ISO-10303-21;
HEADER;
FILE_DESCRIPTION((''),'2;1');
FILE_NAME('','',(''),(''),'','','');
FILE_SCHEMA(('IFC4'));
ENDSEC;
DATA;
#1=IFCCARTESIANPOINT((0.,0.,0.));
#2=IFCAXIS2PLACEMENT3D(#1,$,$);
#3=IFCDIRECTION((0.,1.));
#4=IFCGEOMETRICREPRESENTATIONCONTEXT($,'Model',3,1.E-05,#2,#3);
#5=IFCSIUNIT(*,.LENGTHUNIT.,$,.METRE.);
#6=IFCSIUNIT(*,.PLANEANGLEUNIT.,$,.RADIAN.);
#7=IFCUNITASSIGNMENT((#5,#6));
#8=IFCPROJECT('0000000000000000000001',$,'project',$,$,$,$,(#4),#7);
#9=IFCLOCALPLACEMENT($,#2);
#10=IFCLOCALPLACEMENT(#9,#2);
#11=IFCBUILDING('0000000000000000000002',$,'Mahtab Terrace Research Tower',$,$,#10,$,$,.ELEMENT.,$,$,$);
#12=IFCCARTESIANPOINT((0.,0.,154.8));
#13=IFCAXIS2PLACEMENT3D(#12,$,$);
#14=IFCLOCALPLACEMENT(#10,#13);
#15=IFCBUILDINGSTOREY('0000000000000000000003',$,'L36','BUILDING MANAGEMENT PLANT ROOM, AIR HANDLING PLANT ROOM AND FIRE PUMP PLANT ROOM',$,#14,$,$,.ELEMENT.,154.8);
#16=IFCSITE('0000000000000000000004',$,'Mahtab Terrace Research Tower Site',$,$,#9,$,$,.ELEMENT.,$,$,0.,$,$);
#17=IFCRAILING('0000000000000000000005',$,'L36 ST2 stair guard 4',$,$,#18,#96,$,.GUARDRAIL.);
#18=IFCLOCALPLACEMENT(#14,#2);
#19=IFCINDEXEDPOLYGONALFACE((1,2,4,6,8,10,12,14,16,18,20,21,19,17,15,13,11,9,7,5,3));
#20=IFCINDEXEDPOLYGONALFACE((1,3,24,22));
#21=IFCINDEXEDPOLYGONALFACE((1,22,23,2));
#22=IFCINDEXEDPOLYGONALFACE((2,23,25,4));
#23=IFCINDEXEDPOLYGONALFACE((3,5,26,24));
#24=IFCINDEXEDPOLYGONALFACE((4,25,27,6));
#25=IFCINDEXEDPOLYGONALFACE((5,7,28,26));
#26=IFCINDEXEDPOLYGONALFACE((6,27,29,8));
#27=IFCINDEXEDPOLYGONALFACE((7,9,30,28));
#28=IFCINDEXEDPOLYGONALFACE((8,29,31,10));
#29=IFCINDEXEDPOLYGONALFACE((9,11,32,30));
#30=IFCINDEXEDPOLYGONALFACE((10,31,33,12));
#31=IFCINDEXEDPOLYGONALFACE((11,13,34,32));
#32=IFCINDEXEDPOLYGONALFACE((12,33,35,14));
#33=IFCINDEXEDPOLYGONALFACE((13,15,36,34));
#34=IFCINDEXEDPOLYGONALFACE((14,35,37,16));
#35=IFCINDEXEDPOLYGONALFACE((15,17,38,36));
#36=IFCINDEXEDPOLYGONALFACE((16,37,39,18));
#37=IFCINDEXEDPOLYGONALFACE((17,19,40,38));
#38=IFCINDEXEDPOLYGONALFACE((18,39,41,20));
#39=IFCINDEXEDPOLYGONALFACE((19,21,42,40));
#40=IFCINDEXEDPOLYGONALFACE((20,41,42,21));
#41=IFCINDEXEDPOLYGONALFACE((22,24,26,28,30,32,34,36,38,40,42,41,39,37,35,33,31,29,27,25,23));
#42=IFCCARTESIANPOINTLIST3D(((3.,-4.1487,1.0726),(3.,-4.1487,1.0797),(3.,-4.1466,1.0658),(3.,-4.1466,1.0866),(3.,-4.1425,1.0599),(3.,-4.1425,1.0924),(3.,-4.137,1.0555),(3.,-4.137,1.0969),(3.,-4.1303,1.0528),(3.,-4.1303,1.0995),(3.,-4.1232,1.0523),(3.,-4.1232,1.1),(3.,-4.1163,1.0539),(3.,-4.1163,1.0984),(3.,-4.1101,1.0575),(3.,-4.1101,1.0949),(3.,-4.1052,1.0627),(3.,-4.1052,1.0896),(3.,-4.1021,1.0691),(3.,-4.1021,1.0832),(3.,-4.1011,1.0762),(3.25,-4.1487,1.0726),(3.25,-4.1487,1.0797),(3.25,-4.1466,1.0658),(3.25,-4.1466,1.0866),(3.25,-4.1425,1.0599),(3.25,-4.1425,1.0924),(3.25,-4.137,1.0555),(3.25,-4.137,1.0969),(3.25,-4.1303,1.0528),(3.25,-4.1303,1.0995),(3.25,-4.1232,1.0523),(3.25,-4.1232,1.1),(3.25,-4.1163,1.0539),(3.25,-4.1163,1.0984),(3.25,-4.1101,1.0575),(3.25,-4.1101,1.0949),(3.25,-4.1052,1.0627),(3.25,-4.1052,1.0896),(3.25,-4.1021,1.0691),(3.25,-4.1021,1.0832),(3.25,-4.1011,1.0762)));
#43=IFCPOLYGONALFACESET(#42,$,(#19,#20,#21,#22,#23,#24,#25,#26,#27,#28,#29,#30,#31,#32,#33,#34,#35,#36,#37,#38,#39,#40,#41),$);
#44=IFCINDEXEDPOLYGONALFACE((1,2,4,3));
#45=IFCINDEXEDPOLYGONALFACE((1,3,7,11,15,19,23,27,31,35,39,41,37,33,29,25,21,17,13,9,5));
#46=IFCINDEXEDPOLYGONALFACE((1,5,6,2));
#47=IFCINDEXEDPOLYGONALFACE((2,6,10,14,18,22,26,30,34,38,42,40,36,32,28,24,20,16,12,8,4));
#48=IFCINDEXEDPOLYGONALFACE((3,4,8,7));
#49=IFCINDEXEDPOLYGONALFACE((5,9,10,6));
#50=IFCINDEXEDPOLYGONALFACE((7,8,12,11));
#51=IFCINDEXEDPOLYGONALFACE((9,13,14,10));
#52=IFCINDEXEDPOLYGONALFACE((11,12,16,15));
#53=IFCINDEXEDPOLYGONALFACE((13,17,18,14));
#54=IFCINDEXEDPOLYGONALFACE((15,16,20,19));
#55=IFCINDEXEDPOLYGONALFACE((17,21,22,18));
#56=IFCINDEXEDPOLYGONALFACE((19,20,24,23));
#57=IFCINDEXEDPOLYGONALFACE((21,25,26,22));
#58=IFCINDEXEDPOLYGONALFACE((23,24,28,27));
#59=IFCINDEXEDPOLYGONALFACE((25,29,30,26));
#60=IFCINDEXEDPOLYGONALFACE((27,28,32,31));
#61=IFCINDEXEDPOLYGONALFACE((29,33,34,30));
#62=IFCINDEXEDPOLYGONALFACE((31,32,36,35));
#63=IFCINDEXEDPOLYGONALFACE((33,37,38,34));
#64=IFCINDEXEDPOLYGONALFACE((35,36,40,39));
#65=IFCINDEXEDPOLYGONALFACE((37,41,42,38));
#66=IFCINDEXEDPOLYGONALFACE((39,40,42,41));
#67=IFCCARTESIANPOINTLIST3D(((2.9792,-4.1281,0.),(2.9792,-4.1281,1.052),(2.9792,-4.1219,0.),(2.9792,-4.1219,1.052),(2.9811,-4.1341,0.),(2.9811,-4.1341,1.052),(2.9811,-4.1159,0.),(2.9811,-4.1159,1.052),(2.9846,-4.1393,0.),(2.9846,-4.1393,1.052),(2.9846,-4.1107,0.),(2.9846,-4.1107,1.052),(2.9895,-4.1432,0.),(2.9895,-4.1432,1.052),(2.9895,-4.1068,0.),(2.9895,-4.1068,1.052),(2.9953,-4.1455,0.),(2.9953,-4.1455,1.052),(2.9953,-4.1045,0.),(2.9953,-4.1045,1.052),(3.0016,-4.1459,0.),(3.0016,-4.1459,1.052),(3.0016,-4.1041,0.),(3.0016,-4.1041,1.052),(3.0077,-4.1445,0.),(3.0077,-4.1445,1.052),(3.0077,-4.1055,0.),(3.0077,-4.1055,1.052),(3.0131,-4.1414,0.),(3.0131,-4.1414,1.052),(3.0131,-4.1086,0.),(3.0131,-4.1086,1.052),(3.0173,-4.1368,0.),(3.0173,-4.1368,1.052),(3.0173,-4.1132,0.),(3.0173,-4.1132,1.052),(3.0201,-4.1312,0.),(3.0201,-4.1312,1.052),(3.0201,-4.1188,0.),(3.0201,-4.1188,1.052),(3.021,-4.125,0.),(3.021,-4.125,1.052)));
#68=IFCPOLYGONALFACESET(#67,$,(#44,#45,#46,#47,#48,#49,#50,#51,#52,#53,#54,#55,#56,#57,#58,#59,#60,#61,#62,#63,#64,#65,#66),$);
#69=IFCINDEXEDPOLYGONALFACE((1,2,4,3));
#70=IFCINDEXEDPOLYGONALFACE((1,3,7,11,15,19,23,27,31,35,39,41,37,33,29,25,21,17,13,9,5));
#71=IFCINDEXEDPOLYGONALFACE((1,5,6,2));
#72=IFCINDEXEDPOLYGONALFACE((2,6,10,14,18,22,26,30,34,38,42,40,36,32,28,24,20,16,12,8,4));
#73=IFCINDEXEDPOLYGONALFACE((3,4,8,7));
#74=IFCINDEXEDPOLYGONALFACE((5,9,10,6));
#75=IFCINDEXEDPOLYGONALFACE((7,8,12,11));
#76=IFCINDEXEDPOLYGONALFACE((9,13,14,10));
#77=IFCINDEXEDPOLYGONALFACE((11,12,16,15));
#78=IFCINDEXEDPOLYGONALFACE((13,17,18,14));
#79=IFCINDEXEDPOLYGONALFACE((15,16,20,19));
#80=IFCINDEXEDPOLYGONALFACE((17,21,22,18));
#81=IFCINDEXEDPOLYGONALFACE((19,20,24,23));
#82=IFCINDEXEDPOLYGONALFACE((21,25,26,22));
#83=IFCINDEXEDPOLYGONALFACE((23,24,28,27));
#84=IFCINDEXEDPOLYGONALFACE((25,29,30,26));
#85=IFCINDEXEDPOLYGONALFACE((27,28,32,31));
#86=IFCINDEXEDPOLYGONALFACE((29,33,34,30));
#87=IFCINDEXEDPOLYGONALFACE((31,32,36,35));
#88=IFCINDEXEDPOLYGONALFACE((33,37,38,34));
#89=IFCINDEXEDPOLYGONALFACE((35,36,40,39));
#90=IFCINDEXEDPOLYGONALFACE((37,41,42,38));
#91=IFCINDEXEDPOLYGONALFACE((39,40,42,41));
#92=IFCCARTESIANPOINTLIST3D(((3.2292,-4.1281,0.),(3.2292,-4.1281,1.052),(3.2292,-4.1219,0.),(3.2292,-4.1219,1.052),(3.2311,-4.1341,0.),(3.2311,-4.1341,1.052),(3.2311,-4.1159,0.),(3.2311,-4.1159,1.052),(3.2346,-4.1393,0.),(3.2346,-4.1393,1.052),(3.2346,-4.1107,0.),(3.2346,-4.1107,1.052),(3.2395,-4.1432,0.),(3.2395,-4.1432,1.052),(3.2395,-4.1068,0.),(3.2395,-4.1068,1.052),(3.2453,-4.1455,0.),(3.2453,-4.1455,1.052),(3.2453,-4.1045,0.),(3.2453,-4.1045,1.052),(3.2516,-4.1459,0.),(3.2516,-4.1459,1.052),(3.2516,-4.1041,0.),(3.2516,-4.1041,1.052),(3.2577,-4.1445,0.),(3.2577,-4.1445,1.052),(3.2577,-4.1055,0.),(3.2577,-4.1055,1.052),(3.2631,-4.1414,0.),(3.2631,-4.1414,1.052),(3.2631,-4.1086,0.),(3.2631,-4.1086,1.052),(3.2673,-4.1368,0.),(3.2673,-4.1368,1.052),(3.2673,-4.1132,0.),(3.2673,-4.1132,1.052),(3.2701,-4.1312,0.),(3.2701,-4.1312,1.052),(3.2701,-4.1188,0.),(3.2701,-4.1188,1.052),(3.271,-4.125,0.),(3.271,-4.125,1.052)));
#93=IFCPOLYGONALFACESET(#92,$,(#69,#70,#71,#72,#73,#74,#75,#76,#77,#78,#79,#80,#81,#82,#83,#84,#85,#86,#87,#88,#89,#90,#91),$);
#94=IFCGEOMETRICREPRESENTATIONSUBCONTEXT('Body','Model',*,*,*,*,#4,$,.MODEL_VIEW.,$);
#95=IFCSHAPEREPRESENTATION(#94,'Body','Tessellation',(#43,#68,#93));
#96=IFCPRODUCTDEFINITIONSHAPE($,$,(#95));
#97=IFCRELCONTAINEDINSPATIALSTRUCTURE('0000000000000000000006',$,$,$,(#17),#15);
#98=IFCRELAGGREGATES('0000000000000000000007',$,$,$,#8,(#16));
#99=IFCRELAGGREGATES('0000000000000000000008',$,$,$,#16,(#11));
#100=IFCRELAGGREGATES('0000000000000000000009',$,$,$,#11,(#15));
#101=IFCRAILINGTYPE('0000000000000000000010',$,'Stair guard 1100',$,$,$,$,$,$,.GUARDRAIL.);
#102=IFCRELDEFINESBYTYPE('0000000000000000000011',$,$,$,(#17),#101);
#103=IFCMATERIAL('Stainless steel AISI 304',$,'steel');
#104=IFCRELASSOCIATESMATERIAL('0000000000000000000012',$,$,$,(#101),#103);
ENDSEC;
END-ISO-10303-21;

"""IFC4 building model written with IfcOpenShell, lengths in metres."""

from ifc_helpers import new_model, si_unit, direction, frame, origin, origin_2d, place, context, subcontext, project, spatial, circle, extrude, material, type_object, element, save


model = new_model("IFC4")

# Units and contexts
model_context = context("Model", 3, precision=1e-05, world=origin(), true_north=direction((0.0, 1.0)))
body_context = subcontext(model_context, "Body", "Model", "MODEL_VIEW")
ifc_project = project(units=[si_unit("LENGTHUNIT", "METRE"), si_unit("PLANEANGLEUNIT", "RADIAN")], contexts=[model_context])

# Site, building, storey
site_placement = place(None, origin())
site = spatial("IfcSite", under=ifc_project, at=site_placement, Name="Mahtab Terrace Research Tower Site", CompositionType="ELEMENT", RefElevation=0.0)
building_placement = place(site_placement, origin())
building = spatial("IfcBuilding", under=site, at=building_placement, Name="Mahtab Terrace Research Tower", CompositionType="ELEMENT")
storey_placement = place(building_placement, frame((0.0, 0.0, 154.8)))
storey = spatial("IfcBuildingStorey", under=building, at=storey_placement, Name="L36", Description="BUILDING MANAGEMENT PLANT ROOM, AIR HANDLING PLANT ROOM AND FIRE PUMP PLANT ROOM", CompositionType="ELEMENT", Elevation=154.8)

# Railing
ifc_material_1 = material(Name="Stainless steel AISI 304", Category="steel")
railing_type_1 = type_object("IfcRailingType", Name="Stair guard 1100", PredefinedType="GUARDRAIL", material=ifc_material_1)
railing_1_placement = place(storey_placement, frame((3.0, -4.125, 0.0)))
element("IfcRailing", 1, at=railing_1_placement, inside=storey, type_object=railing_type_1, Name="L36 ST2 stair guard 4", PredefinedType="GUARDRAIL", context=body_context, shape_type="SweptSolid", body=[
    extrude(circle(Radius=0.0239, at=origin_2d()), frame((0.0, 0.0, 1.0762), z_axis=(1.0, 0.0, 0.0), x_axis=(0.0, 1.0, 0.0)), (0.0, 0.0, 1.0), 0.25),
    extrude(circle(Radius=0.021, at=origin_2d()), origin(), (0.0, 0.0, 1.0), 1.052),
    extrude(circle(Radius=0.021, at=origin_2d()), frame((0.25, 0.0, 0.0)), (0.0, 0.0, 1.0), 1.052),
])

save(model, "model.ifc")
